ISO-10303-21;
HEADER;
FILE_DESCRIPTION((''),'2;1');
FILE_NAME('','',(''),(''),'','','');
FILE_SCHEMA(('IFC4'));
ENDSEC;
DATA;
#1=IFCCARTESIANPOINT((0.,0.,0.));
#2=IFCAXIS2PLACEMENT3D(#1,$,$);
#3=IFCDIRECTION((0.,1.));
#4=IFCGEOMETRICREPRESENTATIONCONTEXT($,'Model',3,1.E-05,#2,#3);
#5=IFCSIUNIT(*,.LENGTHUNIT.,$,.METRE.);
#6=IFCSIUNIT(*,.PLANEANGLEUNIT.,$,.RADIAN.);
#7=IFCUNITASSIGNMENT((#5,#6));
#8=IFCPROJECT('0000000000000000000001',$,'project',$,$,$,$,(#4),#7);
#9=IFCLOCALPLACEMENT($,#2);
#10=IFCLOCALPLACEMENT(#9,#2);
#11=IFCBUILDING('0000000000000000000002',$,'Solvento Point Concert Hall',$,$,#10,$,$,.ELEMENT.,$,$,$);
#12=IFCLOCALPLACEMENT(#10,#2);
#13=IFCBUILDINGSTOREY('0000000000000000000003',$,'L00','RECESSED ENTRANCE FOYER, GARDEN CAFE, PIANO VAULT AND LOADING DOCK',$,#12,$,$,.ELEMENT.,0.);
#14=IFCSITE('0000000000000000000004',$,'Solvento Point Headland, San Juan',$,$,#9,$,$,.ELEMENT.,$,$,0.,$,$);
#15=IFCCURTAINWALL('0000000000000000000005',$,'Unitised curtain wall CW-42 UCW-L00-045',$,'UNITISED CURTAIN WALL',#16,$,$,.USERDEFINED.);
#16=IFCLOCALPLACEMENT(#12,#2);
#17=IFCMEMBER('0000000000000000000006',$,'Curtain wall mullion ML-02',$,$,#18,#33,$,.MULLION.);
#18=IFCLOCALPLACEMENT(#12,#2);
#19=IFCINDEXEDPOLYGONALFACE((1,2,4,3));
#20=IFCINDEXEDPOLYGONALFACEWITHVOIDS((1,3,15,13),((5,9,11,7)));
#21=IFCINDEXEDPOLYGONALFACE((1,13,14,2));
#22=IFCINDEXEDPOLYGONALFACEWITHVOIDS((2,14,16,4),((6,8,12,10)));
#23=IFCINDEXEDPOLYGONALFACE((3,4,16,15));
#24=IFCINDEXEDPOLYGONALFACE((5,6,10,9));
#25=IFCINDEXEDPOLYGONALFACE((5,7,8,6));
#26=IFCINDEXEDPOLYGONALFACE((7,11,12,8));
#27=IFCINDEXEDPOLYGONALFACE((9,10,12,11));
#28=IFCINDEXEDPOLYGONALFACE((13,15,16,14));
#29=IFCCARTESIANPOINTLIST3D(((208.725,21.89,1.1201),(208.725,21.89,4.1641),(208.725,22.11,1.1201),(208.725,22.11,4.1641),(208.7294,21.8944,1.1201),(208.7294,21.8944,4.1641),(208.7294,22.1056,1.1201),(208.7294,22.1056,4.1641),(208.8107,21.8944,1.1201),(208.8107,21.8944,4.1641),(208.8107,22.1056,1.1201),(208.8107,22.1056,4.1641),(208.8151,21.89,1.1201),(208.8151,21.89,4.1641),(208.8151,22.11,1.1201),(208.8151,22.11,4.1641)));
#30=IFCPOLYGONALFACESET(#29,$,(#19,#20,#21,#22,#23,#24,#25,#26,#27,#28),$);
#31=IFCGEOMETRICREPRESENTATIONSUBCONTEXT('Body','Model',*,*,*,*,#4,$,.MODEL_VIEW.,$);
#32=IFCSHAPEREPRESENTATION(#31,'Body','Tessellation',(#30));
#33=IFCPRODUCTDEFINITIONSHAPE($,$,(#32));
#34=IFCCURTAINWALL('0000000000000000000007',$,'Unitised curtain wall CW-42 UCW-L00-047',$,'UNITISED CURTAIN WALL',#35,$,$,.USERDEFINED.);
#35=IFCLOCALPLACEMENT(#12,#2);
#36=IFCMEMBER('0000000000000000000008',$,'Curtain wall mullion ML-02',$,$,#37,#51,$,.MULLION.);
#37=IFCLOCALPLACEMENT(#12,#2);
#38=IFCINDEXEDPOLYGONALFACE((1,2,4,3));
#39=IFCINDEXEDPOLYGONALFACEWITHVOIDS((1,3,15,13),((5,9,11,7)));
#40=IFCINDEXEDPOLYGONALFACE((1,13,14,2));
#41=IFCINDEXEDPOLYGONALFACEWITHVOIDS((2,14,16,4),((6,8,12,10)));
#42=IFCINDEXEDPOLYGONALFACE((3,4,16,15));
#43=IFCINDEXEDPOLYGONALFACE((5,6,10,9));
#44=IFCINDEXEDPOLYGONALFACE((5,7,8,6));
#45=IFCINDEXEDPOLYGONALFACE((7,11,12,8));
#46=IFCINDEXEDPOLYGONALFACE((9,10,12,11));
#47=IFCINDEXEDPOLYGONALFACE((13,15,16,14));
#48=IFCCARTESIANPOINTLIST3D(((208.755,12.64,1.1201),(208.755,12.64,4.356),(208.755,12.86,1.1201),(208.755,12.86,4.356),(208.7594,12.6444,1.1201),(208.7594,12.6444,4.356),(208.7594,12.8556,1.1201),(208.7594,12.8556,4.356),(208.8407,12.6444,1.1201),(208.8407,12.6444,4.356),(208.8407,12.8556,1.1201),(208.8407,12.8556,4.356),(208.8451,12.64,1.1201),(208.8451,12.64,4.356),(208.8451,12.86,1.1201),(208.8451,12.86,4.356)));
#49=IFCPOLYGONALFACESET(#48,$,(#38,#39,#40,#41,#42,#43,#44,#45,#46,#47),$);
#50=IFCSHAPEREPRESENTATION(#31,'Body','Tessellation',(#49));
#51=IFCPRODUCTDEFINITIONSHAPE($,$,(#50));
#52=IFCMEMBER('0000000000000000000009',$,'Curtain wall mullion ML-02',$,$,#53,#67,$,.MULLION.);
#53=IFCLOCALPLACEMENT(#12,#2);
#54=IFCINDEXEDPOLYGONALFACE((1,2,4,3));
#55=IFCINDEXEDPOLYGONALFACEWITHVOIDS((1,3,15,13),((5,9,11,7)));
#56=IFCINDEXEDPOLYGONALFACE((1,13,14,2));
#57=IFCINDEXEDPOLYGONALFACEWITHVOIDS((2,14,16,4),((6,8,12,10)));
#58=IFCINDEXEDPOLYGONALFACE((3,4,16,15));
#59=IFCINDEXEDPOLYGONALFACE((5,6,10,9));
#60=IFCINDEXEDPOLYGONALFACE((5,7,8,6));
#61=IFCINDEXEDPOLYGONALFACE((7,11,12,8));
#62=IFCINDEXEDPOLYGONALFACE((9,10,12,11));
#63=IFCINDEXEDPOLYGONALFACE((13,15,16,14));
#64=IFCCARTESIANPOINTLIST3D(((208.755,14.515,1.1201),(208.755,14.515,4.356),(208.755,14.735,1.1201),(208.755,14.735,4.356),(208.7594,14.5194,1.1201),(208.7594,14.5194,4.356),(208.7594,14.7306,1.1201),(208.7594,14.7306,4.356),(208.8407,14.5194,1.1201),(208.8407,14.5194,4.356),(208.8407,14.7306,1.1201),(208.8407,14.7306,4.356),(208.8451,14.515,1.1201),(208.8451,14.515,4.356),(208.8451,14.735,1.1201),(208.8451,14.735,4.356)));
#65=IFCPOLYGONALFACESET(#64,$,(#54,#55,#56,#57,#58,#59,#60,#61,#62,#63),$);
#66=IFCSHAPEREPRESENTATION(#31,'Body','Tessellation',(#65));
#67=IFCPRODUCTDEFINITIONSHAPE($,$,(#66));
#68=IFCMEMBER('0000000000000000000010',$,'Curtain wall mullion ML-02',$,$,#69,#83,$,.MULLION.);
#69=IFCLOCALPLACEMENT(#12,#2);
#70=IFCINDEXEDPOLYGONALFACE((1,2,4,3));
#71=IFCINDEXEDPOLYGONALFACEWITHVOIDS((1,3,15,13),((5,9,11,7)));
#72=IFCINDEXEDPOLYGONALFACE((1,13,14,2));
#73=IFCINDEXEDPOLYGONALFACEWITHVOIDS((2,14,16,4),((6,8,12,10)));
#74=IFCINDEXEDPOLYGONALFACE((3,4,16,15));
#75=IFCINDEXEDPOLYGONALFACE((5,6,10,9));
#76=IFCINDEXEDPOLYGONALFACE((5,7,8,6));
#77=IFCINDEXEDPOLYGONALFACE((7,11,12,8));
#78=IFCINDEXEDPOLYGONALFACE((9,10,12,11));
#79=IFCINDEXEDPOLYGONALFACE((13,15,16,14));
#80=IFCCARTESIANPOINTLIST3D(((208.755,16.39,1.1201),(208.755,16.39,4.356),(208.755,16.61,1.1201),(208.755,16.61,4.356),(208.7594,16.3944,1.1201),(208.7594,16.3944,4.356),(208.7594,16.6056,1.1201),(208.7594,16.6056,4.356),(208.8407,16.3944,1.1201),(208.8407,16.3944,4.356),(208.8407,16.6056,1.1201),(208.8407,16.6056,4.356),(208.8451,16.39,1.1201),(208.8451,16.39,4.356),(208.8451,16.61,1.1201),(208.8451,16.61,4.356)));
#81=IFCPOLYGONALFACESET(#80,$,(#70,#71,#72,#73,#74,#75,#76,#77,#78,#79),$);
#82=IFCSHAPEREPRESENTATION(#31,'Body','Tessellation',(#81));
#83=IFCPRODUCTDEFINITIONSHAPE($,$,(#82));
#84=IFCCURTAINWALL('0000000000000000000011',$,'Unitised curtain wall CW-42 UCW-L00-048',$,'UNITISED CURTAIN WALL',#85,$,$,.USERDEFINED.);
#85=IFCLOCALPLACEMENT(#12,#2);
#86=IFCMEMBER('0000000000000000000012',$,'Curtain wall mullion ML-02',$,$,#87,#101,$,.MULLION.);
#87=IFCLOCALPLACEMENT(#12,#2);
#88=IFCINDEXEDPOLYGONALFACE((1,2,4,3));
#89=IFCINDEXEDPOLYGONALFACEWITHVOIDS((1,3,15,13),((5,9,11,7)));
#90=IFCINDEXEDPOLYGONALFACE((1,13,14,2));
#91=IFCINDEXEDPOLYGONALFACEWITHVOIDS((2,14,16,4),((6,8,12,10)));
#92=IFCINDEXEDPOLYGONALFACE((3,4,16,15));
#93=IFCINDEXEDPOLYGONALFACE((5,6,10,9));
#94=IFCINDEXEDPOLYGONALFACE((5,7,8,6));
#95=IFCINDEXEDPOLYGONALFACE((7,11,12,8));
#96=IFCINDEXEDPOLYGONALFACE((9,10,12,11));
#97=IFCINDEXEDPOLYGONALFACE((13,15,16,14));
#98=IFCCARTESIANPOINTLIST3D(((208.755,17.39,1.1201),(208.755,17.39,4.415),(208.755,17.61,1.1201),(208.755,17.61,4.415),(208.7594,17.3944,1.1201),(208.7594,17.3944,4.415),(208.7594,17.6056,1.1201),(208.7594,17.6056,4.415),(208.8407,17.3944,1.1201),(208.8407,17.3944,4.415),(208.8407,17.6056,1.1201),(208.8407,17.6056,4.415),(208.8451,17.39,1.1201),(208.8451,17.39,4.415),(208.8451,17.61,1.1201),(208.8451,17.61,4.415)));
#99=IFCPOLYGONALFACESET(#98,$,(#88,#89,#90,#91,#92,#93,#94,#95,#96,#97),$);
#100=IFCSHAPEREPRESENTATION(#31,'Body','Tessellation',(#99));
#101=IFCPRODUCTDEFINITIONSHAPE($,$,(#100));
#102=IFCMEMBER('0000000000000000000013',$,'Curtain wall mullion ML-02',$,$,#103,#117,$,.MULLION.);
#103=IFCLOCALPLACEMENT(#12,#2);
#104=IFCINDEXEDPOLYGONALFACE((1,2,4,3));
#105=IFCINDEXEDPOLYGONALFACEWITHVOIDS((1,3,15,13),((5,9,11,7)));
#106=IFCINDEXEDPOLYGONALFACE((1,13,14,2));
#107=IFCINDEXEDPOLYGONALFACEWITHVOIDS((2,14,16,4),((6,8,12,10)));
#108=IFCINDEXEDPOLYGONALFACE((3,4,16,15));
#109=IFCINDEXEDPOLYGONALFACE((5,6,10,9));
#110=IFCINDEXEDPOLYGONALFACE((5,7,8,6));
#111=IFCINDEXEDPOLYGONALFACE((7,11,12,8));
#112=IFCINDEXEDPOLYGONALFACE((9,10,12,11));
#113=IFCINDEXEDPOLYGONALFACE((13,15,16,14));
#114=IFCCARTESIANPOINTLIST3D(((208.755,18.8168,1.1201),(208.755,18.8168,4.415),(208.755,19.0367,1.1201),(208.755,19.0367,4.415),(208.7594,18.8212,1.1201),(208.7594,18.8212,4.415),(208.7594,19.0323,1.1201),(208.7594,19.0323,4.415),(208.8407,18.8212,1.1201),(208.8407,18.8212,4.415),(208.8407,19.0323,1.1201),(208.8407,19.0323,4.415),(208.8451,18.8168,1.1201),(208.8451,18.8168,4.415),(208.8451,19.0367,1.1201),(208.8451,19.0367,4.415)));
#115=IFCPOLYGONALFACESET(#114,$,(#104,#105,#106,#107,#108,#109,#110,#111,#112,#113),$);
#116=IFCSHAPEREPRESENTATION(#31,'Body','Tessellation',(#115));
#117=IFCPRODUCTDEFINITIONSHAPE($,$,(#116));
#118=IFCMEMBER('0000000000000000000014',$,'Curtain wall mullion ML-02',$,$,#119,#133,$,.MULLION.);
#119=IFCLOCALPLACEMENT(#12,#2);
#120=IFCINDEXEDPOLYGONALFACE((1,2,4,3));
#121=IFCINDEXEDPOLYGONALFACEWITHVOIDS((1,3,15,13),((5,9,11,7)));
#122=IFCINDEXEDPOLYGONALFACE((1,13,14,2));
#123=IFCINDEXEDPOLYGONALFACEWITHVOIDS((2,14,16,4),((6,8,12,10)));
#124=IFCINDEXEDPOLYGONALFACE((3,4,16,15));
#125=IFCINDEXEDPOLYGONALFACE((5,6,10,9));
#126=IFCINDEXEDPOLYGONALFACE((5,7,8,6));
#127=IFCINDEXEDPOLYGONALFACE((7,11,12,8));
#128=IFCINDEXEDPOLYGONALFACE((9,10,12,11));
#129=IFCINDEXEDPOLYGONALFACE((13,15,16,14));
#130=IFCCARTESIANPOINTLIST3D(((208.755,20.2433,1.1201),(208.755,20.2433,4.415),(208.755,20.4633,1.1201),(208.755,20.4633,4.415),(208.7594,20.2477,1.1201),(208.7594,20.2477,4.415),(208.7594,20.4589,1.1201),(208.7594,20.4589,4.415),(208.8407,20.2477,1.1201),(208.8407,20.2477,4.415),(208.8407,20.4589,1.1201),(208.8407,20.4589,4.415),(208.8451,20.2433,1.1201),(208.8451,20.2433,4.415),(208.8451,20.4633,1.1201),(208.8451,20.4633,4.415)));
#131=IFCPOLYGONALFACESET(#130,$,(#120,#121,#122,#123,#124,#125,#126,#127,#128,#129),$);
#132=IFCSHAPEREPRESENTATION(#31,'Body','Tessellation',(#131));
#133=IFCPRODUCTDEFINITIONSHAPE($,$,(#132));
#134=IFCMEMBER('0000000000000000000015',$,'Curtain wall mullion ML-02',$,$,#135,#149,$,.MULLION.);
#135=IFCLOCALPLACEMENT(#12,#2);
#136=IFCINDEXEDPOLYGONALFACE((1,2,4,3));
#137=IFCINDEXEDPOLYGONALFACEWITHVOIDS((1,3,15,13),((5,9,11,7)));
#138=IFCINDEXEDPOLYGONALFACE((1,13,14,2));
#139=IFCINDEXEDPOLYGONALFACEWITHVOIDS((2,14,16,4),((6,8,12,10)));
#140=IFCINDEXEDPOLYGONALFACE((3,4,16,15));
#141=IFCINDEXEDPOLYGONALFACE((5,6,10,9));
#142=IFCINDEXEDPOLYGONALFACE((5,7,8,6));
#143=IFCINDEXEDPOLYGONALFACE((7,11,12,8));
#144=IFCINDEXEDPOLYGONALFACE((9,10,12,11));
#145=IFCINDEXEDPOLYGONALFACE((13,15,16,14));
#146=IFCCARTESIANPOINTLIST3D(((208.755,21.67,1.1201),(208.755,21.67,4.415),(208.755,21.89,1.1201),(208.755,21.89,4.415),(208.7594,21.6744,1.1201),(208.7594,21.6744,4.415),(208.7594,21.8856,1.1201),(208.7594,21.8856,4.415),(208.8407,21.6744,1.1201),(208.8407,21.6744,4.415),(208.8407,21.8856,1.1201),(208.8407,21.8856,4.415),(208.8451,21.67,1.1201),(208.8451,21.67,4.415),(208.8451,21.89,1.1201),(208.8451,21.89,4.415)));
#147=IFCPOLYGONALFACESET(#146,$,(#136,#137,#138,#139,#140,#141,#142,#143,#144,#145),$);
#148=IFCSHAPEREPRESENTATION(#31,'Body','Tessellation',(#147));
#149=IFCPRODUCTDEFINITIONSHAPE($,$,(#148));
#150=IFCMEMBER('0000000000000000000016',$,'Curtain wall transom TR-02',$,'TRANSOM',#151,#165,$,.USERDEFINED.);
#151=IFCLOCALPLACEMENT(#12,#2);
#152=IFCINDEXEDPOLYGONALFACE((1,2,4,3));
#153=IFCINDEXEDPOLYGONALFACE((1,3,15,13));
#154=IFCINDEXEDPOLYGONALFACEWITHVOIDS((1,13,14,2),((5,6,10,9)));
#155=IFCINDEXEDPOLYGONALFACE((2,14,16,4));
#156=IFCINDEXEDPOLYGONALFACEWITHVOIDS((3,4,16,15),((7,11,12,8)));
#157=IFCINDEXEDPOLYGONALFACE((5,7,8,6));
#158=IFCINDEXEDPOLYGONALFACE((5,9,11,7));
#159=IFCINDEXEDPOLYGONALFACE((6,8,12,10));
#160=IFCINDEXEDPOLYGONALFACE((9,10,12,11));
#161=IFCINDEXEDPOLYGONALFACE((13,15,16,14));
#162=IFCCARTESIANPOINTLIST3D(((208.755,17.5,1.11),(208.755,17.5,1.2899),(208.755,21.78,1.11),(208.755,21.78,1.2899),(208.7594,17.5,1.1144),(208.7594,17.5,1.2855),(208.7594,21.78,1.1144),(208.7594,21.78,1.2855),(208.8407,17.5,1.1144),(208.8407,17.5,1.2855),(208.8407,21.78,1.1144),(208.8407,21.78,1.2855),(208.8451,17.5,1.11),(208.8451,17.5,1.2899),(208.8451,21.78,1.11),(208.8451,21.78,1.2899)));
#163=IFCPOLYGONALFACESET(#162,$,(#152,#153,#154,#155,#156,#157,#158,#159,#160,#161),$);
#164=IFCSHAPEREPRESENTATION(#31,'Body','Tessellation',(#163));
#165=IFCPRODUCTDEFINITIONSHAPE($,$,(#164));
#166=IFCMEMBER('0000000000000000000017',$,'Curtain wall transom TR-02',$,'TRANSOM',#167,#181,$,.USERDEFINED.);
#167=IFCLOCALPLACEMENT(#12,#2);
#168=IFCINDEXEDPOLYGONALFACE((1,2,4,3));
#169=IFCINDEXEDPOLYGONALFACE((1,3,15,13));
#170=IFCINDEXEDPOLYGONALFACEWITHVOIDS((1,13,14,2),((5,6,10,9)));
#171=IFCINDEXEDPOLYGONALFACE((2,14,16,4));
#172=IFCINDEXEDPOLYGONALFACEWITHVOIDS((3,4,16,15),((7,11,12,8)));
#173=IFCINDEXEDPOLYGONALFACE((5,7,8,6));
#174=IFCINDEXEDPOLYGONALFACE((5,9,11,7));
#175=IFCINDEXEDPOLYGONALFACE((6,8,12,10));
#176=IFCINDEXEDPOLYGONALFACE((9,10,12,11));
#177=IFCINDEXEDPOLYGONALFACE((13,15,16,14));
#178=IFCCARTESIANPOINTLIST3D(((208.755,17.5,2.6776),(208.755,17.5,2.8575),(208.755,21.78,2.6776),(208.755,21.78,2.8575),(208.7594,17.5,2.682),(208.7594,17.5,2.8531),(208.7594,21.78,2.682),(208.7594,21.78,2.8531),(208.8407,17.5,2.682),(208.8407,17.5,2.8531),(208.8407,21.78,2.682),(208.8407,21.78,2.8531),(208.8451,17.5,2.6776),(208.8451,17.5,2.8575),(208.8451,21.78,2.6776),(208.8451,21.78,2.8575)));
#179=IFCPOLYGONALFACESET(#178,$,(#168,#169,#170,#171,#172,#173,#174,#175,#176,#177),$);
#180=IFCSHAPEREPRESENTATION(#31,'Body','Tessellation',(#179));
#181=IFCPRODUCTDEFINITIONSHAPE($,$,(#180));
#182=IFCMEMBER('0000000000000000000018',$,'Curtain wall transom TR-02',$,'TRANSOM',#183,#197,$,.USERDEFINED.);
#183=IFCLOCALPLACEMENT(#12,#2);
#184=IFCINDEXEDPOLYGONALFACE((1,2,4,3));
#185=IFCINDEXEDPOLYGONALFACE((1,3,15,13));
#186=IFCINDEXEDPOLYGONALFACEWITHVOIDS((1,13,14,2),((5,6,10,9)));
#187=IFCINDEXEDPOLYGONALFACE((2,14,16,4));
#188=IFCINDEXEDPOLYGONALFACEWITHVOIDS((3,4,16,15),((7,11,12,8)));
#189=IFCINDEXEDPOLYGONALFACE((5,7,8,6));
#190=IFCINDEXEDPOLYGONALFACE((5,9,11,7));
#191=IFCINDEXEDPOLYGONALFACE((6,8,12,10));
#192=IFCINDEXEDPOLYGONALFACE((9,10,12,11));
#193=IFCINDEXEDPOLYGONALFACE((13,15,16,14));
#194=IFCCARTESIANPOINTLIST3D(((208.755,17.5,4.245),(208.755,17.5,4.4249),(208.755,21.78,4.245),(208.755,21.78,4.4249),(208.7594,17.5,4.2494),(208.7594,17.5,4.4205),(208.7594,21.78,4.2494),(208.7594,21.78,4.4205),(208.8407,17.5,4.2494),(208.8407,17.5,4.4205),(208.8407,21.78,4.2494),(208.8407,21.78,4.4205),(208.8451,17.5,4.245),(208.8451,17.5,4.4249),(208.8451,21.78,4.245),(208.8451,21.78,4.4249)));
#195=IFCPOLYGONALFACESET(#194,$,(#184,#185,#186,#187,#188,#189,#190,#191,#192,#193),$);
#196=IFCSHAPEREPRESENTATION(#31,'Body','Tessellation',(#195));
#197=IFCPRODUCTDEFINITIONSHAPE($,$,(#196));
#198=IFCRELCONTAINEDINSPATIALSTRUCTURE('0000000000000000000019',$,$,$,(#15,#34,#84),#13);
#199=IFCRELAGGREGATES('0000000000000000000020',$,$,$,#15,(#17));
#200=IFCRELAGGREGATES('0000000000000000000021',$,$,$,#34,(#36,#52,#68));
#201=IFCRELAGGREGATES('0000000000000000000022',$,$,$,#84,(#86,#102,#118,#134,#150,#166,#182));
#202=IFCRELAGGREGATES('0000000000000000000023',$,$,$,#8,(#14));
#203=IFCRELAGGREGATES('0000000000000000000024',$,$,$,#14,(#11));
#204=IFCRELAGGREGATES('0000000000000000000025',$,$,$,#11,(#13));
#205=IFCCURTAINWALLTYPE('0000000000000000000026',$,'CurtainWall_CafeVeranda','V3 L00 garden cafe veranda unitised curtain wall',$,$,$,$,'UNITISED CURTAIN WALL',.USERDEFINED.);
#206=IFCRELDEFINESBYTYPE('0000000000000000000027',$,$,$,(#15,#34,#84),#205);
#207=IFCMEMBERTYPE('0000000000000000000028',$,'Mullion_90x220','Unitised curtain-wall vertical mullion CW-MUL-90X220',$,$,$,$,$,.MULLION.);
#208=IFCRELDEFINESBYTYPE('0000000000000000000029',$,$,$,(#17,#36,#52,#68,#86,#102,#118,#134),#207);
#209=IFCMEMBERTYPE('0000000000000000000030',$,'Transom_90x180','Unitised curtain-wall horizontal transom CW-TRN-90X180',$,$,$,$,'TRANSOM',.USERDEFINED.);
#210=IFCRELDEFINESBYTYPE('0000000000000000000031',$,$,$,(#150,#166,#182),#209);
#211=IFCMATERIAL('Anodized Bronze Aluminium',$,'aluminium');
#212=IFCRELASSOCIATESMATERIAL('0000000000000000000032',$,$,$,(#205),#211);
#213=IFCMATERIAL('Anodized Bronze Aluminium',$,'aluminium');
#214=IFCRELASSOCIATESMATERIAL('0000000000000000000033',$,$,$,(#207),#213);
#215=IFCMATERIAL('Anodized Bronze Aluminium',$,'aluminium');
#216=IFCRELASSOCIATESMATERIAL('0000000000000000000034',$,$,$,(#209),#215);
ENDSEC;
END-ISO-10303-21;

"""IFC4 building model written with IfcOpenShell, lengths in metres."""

from ifc_helpers import new_model, si_unit, direction, frame, origin, origin_2d, place, context, subcontext, project, spatial, hollow_rectangle, extrude, material, material_profile, profile_set, type_object, element, aggregate, save


model = new_model("IFC4")

# Units and contexts
model_context = context("Model", 3, precision=1e-05, world=origin(), true_north=direction((0.0, 1.0)))
body_context = subcontext(model_context, "Body", "Model", "MODEL_VIEW")
ifc_project = project(units=[si_unit("LENGTHUNIT", "METRE"), si_unit("PLANEANGLEUNIT", "RADIAN")], contexts=[model_context])

# Site, building, storey
site_placement = place(None, origin())
site = spatial("IfcSite", under=ifc_project, at=site_placement, Name="Solvento Point Headland, San Juan", CompositionType="ELEMENT", RefElevation=0.0)
building_placement = place(site_placement, origin())
building = spatial("IfcBuilding", under=site, at=building_placement, Name="Solvento Point Concert Hall", CompositionType="ELEMENT")
storey_placement = place(building_placement, origin())
storey = spatial("IfcBuildingStorey", under=building, at=storey_placement, Name="L00", Description="RECESSED ENTRANCE FOYER, GARDEN CAFE, PIANO VAULT AND LOADING DOCK", CompositionType="ELEMENT", Elevation=0.0)

# Curtain walls, members
ifc_material_1 = material(Name="Anodized Bronze Aluminium", Category="aluminium")
curtain_wall_type = type_object("IfcCurtainWallType", Name="CurtainWall_CafeVeranda", Description="V3 L00 garden cafe veranda unitised curtain wall", ElementType="UNITISED CURTAIN WALL", PredefinedType="USERDEFINED", material=ifc_material_1)
curtain_wall_1_placement = place(storey_placement, origin())
curtain_wall_1 = element("IfcCurtainWall", 1, at=curtain_wall_1_placement, inside=storey, type_object=curtain_wall_type, Name="Unitised curtain wall CW-42 UCW-L00-045", ObjectType="UNITISED CURTAIN WALL", PredefinedType="USERDEFINED")
ifc_material_2 = material(Name="Anodized Bronze Aluminium", Category="aluminium")
ifc_material_profile_1 = material_profile(ifc_material_2, hollow_rectangle(XDim=0.0901, YDim=0.22, WallThickness=0.0044, at=origin_2d()), Name="CW-MUL-90X220")
ifc_profile_set_1 = profile_set([ifc_material_profile_1], Name="Anodized Bronze Aluminium")
member_type_1 = type_object("IfcMemberType", Name="Mullion_90x220", Description="Unitised curtain-wall vertical mullion CW-MUL-90X220", PredefinedType="MULLION", material=ifc_profile_set_1)
member_1_placement = place(storey_placement, frame((208.77, 22.0, 1.1201), z_axis=(0.0, 0.0, 1.0), x_axis=(1.0, 0.0, 0.0)))
member_1 = element("IfcMember", 2, at=member_1_placement, type_object=member_type_1, Name="Curtain wall mullion ML-02", PredefinedType="MULLION", context=body_context, shape_type="SweptSolid", body=[
    extrude(hollow_rectangle(XDim=0.0901, YDim=0.22, WallThickness=0.0044, at=origin_2d()), origin(), (0.0, 0.0, 1.0), 3.0439),
])
curtain_wall_2_placement = place(storey_placement, origin())
curtain_wall_2 = element("IfcCurtainWall", 3, at=curtain_wall_2_placement, inside=storey, type_object=curtain_wall_type, Name="Unitised curtain wall CW-42 UCW-L00-047", ObjectType="UNITISED CURTAIN WALL", PredefinedType="USERDEFINED")
member_2_placement = place(storey_placement, frame((208.8, 12.75, 1.1201), z_axis=(0.0, 0.0, 1.0), x_axis=(1.0, 0.0, 0.0)))
member_2 = element("IfcMember", 4, at=member_2_placement, type_object=member_type_1, Name="Curtain wall mullion ML-02", PredefinedType="MULLION", context=body_context, shape_type="SweptSolid", body=[
    extrude(hollow_rectangle(XDim=0.0901, YDim=0.22, WallThickness=0.0044, at=origin_2d()), origin(), (0.0, 0.0, 1.0), 3.2358),
])
member_3_placement = place(storey_placement, frame((208.8, 14.625, 1.1201), z_axis=(0.0, 0.0, 1.0), x_axis=(1.0, 0.0, 0.0)))
member_3 = element("IfcMember", 5, at=member_3_placement, type_object=member_type_1, Name="Curtain wall mullion ML-02", PredefinedType="MULLION", context=body_context, shape_type="SweptSolid", body=[
    extrude(hollow_rectangle(XDim=0.0901, YDim=0.22, WallThickness=0.0044, at=origin_2d()), origin(), (0.0, 0.0, 1.0), 3.2358),
])
member_4_placement = place(storey_placement, frame((208.8, 16.5, 1.1201), z_axis=(0.0, 0.0, 1.0), x_axis=(1.0, 0.0, 0.0)))
member_4 = element("IfcMember", 6, at=member_4_placement, type_object=member_type_1, Name="Curtain wall mullion ML-02", PredefinedType="MULLION", context=body_context, shape_type="SweptSolid", body=[
    extrude(hollow_rectangle(XDim=0.0901, YDim=0.22, WallThickness=0.0044, at=origin_2d()), origin(), (0.0, 0.0, 1.0), 3.2358),
])
curtain_wall_3_placement = place(storey_placement, origin())
curtain_wall_3 = element("IfcCurtainWall", 7, at=curtain_wall_3_placement, inside=storey, type_object=curtain_wall_type, Name="Unitised curtain wall CW-42 UCW-L00-048", ObjectType="UNITISED CURTAIN WALL", PredefinedType="USERDEFINED")
member_5_placement = place(storey_placement, frame((208.8, 17.5, 1.1201), z_axis=(0.0, 0.0, 1.0), x_axis=(1.0, 0.0, 0.0)))
member_5 = element("IfcMember", 8, at=member_5_placement, type_object=member_type_1, Name="Curtain wall mullion ML-02", PredefinedType="MULLION", context=body_context, shape_type="SweptSolid", body=[
    extrude(hollow_rectangle(XDim=0.0901, YDim=0.22, WallThickness=0.0044, at=origin_2d()), origin(), (0.0, 0.0, 1.0), 3.2949),
])
member_6_placement = place(storey_placement, frame((208.8, 18.9268, 1.1201), z_axis=(0.0, 0.0, 1.0), x_axis=(1.0, 0.0, 0.0)))
member_6 = element("IfcMember", 9, at=member_6_placement, type_object=member_type_1, Name="Curtain wall mullion ML-02", PredefinedType="MULLION", context=body_context, shape_type="SweptSolid", body=[
    extrude(hollow_rectangle(XDim=0.0901, YDim=0.22, WallThickness=0.0044, at=origin_2d()), origin(), (0.0, 0.0, 1.0), 3.2949),
])
member_7_placement = place(storey_placement, frame((208.8, 20.3533, 1.1201), z_axis=(0.0, 0.0, 1.0), x_axis=(1.0, 0.0, 0.0)))
member_7 = element("IfcMember", 10, at=member_7_placement, type_object=member_type_1, Name="Curtain wall mullion ML-02", PredefinedType="MULLION", context=body_context, shape_type="SweptSolid", body=[
    extrude(hollow_rectangle(XDim=0.0901, YDim=0.22, WallThickness=0.0044, at=origin_2d()), origin(), (0.0, 0.0, 1.0), 3.2949),
])
member_8_placement = place(storey_placement, frame((208.8, 21.78, 1.1201), z_axis=(0.0, 0.0, 1.0), x_axis=(1.0, 0.0, 0.0)))
member_8 = element("IfcMember", 11, at=member_8_placement, type_object=member_type_1, Name="Curtain wall mullion ML-02", PredefinedType="MULLION", context=body_context, shape_type="SweptSolid", body=[
    extrude(hollow_rectangle(XDim=0.0901, YDim=0.22, WallThickness=0.0044, at=origin_2d()), origin(), (0.0, 0.0, 1.0), 3.2949),
])
ifc_material_3 = material(Name="Anodized Bronze Aluminium", Category="aluminium")
ifc_material_profile_2 = material_profile(ifc_material_3, hollow_rectangle(XDim=0.0901, YDim=0.1799, WallThickness=0.0044, at=origin_2d()), Name="CW-TRN-90X180")
ifc_profile_set_2 = profile_set([ifc_material_profile_2], Name="Anodized Bronze Aluminium")
member_type_2 = type_object("IfcMemberType", Name="Transom_90x180", Description="Unitised curtain-wall horizontal transom CW-TRN-90X180", ElementType="TRANSOM", PredefinedType="USERDEFINED", material=ifc_profile_set_2)
member_9_placement = place(storey_placement, frame((208.8, 17.5, 1.2), z_axis=(0.0, 1.0, 0.0), x_axis=(-1.0, 0.0, 0.0)))
member_9 = element("IfcMember", 12, at=member_9_placement, type_object=member_type_2, Name="Curtain wall transom TR-02", ObjectType="TRANSOM", PredefinedType="USERDEFINED", context=body_context, shape_type="SweptSolid", body=[
    extrude(hollow_rectangle(XDim=0.0901, YDim=0.1799, WallThickness=0.0044, at=origin_2d()), origin(), (0.0, 0.0, 1.0), 4.28),
])
member_10_placement = place(storey_placement, frame((208.8, 17.5, 2.7676), z_axis=(0.0, 1.0, 0.0), x_axis=(-1.0, 0.0, 0.0)))
member_10 = element("IfcMember", 13, at=member_10_placement, type_object=member_type_2, Name="Curtain wall transom TR-02", ObjectType="TRANSOM", PredefinedType="USERDEFINED", context=body_context, shape_type="SweptSolid", body=[
    extrude(hollow_rectangle(XDim=0.0901, YDim=0.1799, WallThickness=0.0044, at=origin_2d()), origin(), (0.0, 0.0, 1.0), 4.28),
])
member_11_placement = place(storey_placement, frame((208.8, 17.5, 4.335), z_axis=(0.0, 1.0, 0.0), x_axis=(-1.0, 0.0, 0.0)))
member_11 = element("IfcMember", 14, at=member_11_placement, type_object=member_type_2, Name="Curtain wall transom TR-02", ObjectType="TRANSOM", PredefinedType="USERDEFINED", context=body_context, shape_type="SweptSolid", body=[
    extrude(hollow_rectangle(XDim=0.0901, YDim=0.1799, WallThickness=0.0044, at=origin_2d()), origin(), (0.0, 0.0, 1.0), 4.28),
])

aggregate(curtain_wall_1, [member_1])
aggregate(curtain_wall_2, [member_2, member_3, member_4])
aggregate(curtain_wall_3, [member_5, member_6, member_7, member_8, member_9, member_10, member_11])

save(model, "model.ifc")
